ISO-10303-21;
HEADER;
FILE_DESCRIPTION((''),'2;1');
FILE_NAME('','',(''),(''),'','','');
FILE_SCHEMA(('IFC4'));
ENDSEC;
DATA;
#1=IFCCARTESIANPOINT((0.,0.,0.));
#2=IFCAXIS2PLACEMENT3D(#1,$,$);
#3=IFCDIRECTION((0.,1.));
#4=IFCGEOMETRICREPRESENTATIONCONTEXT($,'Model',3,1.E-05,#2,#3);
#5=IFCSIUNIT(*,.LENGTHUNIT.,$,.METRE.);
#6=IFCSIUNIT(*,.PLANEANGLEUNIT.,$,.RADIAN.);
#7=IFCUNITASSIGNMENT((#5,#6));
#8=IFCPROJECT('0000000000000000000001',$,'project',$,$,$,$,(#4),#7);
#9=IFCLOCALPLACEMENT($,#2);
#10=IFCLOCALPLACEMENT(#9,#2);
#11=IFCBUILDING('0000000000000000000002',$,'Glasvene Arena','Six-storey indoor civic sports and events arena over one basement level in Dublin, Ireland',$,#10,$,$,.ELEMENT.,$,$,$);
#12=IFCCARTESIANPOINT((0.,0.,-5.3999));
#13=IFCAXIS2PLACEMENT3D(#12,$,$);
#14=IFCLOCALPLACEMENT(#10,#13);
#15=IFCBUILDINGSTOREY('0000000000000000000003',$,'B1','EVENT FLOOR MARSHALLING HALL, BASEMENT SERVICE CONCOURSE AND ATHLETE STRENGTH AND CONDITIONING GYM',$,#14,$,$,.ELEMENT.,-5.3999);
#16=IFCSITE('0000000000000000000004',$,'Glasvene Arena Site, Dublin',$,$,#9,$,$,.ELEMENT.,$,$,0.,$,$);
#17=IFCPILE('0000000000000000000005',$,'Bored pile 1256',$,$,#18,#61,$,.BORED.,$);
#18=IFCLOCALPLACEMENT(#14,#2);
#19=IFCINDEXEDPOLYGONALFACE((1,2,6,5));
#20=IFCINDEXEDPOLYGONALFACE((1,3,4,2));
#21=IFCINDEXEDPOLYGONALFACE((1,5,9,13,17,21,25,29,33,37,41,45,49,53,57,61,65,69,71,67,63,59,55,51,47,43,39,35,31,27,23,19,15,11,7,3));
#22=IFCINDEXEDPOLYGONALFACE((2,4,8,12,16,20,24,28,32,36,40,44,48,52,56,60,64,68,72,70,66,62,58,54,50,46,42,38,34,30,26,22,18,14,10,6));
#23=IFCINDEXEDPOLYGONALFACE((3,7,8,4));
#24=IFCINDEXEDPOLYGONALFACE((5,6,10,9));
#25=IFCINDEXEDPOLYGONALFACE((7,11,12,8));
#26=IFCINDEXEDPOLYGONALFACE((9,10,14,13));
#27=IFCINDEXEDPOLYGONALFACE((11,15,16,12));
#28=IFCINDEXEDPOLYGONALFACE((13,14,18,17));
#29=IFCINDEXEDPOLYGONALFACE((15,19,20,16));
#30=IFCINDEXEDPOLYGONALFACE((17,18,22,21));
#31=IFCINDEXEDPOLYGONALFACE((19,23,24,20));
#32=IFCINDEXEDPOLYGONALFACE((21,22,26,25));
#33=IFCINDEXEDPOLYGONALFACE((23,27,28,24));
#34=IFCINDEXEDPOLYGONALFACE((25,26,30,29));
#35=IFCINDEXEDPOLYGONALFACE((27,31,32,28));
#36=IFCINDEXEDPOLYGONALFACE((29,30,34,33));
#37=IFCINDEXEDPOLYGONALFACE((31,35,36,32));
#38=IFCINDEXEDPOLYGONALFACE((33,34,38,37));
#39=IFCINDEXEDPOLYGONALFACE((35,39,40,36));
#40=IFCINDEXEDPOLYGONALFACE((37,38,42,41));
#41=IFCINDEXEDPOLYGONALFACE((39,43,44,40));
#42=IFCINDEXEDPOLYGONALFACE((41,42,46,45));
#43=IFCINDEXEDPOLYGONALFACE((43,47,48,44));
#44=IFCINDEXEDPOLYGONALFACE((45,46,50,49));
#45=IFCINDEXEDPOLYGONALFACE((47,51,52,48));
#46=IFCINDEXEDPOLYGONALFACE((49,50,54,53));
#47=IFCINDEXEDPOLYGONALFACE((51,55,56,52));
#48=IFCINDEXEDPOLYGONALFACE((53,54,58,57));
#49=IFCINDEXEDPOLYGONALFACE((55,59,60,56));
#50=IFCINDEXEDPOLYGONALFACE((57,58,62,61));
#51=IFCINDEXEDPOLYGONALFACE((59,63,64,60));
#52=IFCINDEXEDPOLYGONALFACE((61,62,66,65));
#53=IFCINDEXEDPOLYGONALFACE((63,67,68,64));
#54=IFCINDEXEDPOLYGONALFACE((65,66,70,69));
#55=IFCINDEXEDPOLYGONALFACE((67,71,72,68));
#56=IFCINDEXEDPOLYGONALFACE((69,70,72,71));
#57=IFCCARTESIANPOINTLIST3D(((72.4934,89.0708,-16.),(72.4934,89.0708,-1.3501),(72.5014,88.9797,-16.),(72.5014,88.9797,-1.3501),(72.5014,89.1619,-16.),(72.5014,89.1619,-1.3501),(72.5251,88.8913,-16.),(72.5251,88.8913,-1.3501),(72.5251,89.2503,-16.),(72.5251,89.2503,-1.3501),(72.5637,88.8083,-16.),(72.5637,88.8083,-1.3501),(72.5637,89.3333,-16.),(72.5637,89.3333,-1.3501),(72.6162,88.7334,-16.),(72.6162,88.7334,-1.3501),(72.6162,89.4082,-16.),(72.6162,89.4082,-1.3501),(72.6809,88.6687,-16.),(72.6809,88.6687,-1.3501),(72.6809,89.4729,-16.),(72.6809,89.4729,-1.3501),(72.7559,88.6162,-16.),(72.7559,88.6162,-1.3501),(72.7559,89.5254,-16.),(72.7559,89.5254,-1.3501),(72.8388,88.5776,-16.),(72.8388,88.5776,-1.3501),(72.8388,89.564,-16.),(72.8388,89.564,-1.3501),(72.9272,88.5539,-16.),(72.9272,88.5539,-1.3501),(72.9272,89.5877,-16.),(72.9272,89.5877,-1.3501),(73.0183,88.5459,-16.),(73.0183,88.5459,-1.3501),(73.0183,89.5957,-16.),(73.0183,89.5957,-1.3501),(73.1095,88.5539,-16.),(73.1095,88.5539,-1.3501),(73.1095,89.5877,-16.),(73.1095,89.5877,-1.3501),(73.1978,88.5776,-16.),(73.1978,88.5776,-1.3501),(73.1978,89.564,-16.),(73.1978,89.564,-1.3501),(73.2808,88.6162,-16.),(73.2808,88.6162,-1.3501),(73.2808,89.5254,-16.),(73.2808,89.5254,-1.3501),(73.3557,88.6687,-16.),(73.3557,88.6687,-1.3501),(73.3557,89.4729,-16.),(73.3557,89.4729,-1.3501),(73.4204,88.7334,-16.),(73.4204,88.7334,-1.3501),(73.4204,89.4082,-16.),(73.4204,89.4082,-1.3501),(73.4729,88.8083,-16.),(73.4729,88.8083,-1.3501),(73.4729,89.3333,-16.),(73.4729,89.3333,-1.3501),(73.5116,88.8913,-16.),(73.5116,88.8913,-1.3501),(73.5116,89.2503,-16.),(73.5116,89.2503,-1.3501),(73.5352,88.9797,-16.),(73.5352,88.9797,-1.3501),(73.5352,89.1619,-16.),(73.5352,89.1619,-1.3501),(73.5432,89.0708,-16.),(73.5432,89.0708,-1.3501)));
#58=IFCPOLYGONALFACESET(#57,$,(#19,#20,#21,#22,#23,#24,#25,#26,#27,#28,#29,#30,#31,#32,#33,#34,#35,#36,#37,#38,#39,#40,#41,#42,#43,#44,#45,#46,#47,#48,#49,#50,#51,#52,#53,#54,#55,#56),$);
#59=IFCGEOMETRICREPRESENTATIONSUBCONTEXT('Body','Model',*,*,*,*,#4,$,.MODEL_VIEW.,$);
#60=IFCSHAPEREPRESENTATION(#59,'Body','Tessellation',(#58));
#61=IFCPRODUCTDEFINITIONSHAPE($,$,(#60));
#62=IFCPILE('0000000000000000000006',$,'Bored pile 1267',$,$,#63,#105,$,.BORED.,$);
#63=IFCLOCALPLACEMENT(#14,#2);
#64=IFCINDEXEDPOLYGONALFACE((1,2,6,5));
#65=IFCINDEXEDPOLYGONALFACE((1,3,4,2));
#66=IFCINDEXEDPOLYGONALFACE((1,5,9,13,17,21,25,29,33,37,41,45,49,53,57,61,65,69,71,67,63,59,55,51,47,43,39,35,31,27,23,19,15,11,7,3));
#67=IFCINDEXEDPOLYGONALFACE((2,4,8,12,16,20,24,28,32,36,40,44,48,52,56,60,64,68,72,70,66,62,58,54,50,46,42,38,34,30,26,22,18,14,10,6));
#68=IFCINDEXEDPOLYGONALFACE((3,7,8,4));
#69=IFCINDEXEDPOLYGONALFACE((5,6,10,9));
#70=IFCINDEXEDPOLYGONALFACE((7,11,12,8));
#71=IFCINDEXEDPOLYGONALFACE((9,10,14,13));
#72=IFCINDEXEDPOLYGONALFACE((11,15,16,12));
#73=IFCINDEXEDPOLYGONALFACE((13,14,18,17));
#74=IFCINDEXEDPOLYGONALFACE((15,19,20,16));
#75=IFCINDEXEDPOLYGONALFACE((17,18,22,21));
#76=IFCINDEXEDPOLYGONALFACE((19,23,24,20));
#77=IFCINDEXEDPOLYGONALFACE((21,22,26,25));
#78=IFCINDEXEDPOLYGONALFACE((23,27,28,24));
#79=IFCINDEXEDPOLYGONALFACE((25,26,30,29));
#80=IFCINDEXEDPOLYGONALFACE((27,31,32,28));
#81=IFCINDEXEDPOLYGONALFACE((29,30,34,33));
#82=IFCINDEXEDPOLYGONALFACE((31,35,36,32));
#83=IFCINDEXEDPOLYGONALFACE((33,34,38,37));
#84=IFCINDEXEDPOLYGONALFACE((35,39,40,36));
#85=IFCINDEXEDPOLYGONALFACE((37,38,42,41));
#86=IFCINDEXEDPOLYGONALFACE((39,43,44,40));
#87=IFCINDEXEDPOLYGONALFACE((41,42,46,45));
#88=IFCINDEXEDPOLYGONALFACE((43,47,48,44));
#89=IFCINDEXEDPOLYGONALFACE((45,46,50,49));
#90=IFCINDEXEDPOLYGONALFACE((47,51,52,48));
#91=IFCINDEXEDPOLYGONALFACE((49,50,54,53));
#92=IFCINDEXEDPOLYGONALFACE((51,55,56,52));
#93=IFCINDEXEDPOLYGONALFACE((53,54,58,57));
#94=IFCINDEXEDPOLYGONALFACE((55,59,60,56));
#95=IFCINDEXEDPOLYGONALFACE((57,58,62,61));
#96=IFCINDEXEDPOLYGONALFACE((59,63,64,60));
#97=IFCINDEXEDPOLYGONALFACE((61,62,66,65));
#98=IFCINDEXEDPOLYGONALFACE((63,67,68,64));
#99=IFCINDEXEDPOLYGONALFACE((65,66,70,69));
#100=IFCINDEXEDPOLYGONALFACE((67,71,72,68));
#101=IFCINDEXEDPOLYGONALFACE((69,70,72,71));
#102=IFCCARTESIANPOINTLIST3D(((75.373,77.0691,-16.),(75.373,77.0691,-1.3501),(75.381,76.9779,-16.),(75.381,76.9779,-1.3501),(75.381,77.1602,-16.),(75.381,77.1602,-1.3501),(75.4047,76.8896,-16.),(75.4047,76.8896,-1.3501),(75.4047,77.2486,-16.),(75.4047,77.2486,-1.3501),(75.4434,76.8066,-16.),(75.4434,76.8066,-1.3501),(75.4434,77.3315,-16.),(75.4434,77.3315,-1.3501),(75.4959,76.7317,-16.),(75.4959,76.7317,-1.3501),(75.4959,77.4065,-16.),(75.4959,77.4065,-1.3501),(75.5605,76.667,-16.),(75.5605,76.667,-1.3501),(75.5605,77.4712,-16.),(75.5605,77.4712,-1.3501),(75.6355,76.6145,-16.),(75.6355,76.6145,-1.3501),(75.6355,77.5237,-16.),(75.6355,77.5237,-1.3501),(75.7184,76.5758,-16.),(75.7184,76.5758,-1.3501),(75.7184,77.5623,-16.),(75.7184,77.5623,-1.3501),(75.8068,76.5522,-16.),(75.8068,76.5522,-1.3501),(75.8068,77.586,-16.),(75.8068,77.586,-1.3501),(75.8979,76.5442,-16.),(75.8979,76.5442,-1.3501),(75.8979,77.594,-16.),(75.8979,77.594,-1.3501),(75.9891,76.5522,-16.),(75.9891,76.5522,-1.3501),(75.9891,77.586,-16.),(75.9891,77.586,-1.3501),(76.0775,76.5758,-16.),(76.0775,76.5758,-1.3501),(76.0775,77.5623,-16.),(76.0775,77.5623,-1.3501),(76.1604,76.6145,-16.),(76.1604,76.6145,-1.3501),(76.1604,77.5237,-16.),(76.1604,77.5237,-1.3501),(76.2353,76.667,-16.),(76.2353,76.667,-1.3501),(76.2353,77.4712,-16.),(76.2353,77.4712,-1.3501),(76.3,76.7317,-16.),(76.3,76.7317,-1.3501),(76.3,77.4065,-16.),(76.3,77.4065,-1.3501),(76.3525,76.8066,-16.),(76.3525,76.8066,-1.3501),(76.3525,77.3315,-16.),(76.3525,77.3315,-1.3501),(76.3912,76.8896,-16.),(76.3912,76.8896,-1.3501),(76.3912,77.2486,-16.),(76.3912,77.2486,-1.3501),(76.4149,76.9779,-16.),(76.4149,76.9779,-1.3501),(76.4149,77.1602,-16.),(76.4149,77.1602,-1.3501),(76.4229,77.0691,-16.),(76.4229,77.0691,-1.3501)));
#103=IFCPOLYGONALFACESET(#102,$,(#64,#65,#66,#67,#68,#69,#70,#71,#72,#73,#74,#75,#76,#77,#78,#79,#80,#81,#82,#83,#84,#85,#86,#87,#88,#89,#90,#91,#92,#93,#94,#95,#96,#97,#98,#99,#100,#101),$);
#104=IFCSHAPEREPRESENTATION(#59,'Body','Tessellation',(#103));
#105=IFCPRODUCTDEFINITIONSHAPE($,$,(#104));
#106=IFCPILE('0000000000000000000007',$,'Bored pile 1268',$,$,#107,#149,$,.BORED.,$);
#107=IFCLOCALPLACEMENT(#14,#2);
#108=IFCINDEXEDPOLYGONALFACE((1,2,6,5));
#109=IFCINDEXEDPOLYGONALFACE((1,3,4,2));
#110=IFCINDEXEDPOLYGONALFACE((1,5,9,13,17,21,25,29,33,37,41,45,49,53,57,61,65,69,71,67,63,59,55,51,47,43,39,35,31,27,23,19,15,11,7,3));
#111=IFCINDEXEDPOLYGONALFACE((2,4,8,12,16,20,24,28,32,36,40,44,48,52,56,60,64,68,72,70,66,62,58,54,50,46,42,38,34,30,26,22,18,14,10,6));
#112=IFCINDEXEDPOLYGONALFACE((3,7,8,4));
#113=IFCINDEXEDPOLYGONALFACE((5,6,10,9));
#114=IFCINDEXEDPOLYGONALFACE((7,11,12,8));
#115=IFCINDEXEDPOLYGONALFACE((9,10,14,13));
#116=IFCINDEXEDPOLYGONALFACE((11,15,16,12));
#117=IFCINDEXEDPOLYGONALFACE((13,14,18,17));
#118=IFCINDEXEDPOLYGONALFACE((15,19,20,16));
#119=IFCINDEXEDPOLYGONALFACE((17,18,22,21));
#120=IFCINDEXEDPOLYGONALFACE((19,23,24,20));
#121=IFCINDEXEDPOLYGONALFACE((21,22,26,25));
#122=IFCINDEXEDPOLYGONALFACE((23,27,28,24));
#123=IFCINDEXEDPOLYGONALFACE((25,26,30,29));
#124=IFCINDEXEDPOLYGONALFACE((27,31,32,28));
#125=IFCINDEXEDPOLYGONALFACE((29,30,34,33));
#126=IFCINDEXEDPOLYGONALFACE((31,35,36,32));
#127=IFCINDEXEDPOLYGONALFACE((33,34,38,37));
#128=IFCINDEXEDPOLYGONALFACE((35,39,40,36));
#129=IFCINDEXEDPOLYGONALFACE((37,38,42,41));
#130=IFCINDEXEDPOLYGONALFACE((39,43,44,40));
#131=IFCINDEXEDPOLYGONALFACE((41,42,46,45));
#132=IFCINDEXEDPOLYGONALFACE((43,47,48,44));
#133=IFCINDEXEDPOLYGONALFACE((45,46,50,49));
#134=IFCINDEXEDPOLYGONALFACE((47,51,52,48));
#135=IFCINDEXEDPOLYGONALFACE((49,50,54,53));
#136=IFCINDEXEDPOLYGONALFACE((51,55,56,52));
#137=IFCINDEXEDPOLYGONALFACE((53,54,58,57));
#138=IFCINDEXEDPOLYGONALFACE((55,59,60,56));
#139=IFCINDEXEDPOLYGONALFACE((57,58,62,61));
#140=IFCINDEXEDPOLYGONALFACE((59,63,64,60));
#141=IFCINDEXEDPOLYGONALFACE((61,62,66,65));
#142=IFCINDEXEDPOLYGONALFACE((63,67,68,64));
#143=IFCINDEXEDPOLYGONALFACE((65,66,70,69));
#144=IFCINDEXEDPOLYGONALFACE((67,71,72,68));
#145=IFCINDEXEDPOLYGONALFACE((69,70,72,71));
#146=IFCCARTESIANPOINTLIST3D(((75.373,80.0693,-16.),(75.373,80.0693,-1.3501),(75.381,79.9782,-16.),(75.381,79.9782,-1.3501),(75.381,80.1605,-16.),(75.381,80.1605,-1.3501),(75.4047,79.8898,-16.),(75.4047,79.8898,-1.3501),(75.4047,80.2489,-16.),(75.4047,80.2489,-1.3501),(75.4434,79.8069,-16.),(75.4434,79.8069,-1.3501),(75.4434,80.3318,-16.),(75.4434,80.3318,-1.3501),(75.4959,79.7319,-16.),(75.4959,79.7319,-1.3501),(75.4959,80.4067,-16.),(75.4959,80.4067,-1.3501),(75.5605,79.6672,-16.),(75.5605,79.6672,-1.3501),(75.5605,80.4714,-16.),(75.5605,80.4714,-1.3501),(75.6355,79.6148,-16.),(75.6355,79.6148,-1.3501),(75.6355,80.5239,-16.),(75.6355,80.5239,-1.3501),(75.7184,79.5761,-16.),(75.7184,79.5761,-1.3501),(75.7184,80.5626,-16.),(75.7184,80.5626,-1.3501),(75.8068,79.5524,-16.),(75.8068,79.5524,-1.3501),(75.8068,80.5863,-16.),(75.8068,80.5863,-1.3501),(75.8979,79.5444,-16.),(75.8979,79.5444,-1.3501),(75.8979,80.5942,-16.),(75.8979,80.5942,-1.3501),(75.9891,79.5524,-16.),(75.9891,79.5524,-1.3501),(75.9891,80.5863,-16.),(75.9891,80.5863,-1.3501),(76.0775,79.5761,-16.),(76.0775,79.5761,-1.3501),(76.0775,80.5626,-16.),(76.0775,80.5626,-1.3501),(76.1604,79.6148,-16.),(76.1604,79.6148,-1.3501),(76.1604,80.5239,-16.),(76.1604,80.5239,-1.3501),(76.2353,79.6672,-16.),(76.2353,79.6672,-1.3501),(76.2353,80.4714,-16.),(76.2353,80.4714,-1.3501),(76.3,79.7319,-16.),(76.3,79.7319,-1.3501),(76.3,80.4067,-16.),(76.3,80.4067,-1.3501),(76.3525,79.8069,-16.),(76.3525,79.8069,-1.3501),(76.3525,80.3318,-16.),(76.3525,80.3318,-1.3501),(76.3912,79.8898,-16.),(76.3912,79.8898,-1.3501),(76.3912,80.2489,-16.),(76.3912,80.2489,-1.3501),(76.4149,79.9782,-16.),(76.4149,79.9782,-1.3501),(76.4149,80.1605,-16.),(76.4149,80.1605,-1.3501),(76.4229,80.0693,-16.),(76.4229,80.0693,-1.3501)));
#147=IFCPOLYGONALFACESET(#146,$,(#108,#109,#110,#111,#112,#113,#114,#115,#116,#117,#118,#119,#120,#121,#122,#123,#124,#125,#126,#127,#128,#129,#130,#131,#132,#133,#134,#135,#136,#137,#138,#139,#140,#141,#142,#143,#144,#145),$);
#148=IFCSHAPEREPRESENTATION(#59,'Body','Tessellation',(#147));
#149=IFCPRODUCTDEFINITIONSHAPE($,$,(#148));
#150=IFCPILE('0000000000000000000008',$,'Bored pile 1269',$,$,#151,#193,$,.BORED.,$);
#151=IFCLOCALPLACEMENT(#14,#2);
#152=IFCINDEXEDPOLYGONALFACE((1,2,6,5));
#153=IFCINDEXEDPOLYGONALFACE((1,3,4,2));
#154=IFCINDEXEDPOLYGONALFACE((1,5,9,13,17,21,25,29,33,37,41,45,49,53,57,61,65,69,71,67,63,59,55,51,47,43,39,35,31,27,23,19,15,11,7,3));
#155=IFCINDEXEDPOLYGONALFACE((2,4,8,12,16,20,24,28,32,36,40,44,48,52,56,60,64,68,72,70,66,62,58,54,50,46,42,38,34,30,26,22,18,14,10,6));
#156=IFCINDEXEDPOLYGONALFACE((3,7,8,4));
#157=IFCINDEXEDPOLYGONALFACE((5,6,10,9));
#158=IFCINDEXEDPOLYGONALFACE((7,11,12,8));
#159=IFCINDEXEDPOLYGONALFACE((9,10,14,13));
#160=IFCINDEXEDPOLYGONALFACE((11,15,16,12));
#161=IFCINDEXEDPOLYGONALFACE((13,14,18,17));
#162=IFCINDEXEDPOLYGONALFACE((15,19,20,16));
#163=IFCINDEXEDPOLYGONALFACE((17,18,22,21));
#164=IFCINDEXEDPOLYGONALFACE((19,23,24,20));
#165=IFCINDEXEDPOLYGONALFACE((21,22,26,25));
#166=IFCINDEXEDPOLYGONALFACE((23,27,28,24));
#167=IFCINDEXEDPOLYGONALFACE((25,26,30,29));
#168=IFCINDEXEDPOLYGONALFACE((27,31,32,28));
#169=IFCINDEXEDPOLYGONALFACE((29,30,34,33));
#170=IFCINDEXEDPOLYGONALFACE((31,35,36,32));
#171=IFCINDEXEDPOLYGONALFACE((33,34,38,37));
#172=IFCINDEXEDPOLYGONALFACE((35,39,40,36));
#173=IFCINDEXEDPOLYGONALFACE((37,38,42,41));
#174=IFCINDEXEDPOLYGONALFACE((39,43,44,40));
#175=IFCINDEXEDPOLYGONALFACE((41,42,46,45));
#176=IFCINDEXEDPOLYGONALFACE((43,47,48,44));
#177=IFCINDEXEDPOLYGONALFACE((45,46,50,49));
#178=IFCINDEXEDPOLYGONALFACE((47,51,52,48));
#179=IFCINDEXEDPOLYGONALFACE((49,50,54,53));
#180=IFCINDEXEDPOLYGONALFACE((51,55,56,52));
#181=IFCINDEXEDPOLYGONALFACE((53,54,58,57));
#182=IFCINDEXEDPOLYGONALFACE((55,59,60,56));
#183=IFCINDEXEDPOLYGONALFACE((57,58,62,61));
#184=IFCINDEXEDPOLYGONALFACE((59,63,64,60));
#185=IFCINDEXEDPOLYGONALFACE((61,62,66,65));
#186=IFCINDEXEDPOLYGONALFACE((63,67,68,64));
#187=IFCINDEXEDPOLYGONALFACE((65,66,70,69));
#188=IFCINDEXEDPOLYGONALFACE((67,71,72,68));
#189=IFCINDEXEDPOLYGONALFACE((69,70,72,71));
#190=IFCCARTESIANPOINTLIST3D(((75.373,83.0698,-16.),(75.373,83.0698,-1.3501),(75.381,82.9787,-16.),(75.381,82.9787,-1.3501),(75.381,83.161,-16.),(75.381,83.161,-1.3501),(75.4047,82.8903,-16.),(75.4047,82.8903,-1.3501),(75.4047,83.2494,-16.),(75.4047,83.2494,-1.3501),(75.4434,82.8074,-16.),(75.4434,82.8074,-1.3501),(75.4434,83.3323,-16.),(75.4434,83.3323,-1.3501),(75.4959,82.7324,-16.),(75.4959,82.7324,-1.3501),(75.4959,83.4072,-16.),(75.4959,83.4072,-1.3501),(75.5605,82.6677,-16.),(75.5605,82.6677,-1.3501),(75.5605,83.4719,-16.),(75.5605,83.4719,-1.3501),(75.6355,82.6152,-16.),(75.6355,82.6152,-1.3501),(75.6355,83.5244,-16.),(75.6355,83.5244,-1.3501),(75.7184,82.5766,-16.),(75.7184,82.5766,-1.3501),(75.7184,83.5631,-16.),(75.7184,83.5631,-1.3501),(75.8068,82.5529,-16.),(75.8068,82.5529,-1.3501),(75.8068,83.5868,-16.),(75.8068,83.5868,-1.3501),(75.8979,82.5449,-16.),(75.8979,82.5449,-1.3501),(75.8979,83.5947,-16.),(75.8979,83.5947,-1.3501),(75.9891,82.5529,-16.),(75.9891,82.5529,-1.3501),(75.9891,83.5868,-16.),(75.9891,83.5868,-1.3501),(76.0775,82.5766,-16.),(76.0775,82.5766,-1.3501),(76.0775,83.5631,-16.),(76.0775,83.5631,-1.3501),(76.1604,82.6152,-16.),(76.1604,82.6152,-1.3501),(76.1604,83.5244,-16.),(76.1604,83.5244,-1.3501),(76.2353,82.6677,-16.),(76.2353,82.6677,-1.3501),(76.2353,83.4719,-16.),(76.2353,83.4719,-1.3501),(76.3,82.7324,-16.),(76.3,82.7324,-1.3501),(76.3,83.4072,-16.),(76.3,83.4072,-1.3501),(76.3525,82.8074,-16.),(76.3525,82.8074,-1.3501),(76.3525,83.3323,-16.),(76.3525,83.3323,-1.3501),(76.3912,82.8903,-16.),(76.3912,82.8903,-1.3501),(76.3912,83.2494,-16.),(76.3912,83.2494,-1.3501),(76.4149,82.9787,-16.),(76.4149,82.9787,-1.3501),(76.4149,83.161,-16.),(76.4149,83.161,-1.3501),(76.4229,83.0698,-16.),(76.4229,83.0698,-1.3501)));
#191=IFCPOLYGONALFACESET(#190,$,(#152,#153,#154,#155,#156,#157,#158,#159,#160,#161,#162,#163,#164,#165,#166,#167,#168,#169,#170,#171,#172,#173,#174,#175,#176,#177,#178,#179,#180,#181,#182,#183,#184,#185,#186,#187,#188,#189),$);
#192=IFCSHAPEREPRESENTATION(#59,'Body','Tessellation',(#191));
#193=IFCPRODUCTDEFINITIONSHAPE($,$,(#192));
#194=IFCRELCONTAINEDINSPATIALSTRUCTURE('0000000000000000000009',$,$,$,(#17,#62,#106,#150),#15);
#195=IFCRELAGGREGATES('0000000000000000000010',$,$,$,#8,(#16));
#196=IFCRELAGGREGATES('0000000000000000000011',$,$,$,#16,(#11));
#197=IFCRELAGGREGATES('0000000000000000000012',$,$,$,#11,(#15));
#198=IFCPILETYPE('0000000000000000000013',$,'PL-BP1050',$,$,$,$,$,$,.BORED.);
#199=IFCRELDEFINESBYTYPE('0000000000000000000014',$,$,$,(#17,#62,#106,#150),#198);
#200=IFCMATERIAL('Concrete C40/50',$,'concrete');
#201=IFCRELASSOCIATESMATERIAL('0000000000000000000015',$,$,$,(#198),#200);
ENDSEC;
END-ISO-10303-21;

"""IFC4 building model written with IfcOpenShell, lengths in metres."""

from ifc_helpers import new_model, si_unit, direction, frame, origin, origin_2d, place, context, subcontext, project, spatial, circle, extrude, material, material_profile, profile_set, type_object, element, save


model = new_model("IFC4")

# Units and contexts
model_context = context("Model", 3, precision=1e-05, world=origin(), true_north=direction((0.0, 1.0)))
body_context = subcontext(model_context, "Body", "Model", "MODEL_VIEW")
ifc_project = project(units=[si_unit("LENGTHUNIT", "METRE"), si_unit("PLANEANGLEUNIT", "RADIAN")], contexts=[model_context])

# Site, building, storey
site_placement = place(None, origin())
site = spatial("IfcSite", under=ifc_project, at=site_placement, Name="Glasvene Arena Site, Dublin", CompositionType="ELEMENT", RefElevation=0.0)
building_placement = place(site_placement, origin())
building = spatial("IfcBuilding", under=site, at=building_placement, Name="Glasvene Arena", Description="Six-storey indoor civic sports and events arena over one basement level in Dublin, Ireland", CompositionType="ELEMENT")
storey_placement = place(building_placement, frame((0.0, 0.0, -5.3999)))
storey = spatial("IfcBuildingStorey", under=building, at=storey_placement, Name="B1", Description="EVENT FLOOR MARSHALLING HALL, BASEMENT SERVICE CONCOURSE AND ATHLETE STRENGTH AND CONDITIONING GYM", CompositionType="ELEMENT", Elevation=-5.3999)

# Piles
ifc_material_1 = material(Name="Concrete C40/50", Category="concrete")
ifc_material_profile_1 = material_profile(ifc_material_1, circle(Radius=0.5249, at=origin_2d()), Name="BORED PILE 1050")
ifc_profile_set_1 = profile_set([ifc_material_profile_1], Name="Concrete C40/50")
pile_type = type_object("IfcPileType", Name="PL-BP1050", PredefinedType="BORED", material=ifc_profile_set_1)
for number, where, z_axis, x_axis, name in (
    (1, (73.0183, 89.0708, -1.3501), (0.0, 0.0, -1.0), (1.0, 0.0, 0.0), "Bored pile 1256"),
    (2, (75.8979, 77.0691, -1.3501), (0.0, 0.0, -1.0), (1.0, 0.0, 0.0), "Bored pile 1267"),
    (3, (75.8979, 80.0693, -1.3501), (0.0, 0.0, -1.0), (1.0, 0.0, 0.0), "Bored pile 1268"),
    (4, (75.8979, 83.0698, -1.3501), (0.0, 0.0, -1.0), (1.0, 0.0, 0.0), "Bored pile 1269"),
):
    element("IfcPile", number, at=place(storey_placement, frame(where, z_axis=z_axis, x_axis=x_axis)), inside=storey, type_object=pile_type, Name=name, PredefinedType="BORED", context=body_context, shape_type="SweptSolid", body=[
        extrude(circle(Radius=0.5249, at=origin_2d()), origin(), (0.0, 0.0, 1.0), 14.6499),
    ])

save(model, "model.ifc")
